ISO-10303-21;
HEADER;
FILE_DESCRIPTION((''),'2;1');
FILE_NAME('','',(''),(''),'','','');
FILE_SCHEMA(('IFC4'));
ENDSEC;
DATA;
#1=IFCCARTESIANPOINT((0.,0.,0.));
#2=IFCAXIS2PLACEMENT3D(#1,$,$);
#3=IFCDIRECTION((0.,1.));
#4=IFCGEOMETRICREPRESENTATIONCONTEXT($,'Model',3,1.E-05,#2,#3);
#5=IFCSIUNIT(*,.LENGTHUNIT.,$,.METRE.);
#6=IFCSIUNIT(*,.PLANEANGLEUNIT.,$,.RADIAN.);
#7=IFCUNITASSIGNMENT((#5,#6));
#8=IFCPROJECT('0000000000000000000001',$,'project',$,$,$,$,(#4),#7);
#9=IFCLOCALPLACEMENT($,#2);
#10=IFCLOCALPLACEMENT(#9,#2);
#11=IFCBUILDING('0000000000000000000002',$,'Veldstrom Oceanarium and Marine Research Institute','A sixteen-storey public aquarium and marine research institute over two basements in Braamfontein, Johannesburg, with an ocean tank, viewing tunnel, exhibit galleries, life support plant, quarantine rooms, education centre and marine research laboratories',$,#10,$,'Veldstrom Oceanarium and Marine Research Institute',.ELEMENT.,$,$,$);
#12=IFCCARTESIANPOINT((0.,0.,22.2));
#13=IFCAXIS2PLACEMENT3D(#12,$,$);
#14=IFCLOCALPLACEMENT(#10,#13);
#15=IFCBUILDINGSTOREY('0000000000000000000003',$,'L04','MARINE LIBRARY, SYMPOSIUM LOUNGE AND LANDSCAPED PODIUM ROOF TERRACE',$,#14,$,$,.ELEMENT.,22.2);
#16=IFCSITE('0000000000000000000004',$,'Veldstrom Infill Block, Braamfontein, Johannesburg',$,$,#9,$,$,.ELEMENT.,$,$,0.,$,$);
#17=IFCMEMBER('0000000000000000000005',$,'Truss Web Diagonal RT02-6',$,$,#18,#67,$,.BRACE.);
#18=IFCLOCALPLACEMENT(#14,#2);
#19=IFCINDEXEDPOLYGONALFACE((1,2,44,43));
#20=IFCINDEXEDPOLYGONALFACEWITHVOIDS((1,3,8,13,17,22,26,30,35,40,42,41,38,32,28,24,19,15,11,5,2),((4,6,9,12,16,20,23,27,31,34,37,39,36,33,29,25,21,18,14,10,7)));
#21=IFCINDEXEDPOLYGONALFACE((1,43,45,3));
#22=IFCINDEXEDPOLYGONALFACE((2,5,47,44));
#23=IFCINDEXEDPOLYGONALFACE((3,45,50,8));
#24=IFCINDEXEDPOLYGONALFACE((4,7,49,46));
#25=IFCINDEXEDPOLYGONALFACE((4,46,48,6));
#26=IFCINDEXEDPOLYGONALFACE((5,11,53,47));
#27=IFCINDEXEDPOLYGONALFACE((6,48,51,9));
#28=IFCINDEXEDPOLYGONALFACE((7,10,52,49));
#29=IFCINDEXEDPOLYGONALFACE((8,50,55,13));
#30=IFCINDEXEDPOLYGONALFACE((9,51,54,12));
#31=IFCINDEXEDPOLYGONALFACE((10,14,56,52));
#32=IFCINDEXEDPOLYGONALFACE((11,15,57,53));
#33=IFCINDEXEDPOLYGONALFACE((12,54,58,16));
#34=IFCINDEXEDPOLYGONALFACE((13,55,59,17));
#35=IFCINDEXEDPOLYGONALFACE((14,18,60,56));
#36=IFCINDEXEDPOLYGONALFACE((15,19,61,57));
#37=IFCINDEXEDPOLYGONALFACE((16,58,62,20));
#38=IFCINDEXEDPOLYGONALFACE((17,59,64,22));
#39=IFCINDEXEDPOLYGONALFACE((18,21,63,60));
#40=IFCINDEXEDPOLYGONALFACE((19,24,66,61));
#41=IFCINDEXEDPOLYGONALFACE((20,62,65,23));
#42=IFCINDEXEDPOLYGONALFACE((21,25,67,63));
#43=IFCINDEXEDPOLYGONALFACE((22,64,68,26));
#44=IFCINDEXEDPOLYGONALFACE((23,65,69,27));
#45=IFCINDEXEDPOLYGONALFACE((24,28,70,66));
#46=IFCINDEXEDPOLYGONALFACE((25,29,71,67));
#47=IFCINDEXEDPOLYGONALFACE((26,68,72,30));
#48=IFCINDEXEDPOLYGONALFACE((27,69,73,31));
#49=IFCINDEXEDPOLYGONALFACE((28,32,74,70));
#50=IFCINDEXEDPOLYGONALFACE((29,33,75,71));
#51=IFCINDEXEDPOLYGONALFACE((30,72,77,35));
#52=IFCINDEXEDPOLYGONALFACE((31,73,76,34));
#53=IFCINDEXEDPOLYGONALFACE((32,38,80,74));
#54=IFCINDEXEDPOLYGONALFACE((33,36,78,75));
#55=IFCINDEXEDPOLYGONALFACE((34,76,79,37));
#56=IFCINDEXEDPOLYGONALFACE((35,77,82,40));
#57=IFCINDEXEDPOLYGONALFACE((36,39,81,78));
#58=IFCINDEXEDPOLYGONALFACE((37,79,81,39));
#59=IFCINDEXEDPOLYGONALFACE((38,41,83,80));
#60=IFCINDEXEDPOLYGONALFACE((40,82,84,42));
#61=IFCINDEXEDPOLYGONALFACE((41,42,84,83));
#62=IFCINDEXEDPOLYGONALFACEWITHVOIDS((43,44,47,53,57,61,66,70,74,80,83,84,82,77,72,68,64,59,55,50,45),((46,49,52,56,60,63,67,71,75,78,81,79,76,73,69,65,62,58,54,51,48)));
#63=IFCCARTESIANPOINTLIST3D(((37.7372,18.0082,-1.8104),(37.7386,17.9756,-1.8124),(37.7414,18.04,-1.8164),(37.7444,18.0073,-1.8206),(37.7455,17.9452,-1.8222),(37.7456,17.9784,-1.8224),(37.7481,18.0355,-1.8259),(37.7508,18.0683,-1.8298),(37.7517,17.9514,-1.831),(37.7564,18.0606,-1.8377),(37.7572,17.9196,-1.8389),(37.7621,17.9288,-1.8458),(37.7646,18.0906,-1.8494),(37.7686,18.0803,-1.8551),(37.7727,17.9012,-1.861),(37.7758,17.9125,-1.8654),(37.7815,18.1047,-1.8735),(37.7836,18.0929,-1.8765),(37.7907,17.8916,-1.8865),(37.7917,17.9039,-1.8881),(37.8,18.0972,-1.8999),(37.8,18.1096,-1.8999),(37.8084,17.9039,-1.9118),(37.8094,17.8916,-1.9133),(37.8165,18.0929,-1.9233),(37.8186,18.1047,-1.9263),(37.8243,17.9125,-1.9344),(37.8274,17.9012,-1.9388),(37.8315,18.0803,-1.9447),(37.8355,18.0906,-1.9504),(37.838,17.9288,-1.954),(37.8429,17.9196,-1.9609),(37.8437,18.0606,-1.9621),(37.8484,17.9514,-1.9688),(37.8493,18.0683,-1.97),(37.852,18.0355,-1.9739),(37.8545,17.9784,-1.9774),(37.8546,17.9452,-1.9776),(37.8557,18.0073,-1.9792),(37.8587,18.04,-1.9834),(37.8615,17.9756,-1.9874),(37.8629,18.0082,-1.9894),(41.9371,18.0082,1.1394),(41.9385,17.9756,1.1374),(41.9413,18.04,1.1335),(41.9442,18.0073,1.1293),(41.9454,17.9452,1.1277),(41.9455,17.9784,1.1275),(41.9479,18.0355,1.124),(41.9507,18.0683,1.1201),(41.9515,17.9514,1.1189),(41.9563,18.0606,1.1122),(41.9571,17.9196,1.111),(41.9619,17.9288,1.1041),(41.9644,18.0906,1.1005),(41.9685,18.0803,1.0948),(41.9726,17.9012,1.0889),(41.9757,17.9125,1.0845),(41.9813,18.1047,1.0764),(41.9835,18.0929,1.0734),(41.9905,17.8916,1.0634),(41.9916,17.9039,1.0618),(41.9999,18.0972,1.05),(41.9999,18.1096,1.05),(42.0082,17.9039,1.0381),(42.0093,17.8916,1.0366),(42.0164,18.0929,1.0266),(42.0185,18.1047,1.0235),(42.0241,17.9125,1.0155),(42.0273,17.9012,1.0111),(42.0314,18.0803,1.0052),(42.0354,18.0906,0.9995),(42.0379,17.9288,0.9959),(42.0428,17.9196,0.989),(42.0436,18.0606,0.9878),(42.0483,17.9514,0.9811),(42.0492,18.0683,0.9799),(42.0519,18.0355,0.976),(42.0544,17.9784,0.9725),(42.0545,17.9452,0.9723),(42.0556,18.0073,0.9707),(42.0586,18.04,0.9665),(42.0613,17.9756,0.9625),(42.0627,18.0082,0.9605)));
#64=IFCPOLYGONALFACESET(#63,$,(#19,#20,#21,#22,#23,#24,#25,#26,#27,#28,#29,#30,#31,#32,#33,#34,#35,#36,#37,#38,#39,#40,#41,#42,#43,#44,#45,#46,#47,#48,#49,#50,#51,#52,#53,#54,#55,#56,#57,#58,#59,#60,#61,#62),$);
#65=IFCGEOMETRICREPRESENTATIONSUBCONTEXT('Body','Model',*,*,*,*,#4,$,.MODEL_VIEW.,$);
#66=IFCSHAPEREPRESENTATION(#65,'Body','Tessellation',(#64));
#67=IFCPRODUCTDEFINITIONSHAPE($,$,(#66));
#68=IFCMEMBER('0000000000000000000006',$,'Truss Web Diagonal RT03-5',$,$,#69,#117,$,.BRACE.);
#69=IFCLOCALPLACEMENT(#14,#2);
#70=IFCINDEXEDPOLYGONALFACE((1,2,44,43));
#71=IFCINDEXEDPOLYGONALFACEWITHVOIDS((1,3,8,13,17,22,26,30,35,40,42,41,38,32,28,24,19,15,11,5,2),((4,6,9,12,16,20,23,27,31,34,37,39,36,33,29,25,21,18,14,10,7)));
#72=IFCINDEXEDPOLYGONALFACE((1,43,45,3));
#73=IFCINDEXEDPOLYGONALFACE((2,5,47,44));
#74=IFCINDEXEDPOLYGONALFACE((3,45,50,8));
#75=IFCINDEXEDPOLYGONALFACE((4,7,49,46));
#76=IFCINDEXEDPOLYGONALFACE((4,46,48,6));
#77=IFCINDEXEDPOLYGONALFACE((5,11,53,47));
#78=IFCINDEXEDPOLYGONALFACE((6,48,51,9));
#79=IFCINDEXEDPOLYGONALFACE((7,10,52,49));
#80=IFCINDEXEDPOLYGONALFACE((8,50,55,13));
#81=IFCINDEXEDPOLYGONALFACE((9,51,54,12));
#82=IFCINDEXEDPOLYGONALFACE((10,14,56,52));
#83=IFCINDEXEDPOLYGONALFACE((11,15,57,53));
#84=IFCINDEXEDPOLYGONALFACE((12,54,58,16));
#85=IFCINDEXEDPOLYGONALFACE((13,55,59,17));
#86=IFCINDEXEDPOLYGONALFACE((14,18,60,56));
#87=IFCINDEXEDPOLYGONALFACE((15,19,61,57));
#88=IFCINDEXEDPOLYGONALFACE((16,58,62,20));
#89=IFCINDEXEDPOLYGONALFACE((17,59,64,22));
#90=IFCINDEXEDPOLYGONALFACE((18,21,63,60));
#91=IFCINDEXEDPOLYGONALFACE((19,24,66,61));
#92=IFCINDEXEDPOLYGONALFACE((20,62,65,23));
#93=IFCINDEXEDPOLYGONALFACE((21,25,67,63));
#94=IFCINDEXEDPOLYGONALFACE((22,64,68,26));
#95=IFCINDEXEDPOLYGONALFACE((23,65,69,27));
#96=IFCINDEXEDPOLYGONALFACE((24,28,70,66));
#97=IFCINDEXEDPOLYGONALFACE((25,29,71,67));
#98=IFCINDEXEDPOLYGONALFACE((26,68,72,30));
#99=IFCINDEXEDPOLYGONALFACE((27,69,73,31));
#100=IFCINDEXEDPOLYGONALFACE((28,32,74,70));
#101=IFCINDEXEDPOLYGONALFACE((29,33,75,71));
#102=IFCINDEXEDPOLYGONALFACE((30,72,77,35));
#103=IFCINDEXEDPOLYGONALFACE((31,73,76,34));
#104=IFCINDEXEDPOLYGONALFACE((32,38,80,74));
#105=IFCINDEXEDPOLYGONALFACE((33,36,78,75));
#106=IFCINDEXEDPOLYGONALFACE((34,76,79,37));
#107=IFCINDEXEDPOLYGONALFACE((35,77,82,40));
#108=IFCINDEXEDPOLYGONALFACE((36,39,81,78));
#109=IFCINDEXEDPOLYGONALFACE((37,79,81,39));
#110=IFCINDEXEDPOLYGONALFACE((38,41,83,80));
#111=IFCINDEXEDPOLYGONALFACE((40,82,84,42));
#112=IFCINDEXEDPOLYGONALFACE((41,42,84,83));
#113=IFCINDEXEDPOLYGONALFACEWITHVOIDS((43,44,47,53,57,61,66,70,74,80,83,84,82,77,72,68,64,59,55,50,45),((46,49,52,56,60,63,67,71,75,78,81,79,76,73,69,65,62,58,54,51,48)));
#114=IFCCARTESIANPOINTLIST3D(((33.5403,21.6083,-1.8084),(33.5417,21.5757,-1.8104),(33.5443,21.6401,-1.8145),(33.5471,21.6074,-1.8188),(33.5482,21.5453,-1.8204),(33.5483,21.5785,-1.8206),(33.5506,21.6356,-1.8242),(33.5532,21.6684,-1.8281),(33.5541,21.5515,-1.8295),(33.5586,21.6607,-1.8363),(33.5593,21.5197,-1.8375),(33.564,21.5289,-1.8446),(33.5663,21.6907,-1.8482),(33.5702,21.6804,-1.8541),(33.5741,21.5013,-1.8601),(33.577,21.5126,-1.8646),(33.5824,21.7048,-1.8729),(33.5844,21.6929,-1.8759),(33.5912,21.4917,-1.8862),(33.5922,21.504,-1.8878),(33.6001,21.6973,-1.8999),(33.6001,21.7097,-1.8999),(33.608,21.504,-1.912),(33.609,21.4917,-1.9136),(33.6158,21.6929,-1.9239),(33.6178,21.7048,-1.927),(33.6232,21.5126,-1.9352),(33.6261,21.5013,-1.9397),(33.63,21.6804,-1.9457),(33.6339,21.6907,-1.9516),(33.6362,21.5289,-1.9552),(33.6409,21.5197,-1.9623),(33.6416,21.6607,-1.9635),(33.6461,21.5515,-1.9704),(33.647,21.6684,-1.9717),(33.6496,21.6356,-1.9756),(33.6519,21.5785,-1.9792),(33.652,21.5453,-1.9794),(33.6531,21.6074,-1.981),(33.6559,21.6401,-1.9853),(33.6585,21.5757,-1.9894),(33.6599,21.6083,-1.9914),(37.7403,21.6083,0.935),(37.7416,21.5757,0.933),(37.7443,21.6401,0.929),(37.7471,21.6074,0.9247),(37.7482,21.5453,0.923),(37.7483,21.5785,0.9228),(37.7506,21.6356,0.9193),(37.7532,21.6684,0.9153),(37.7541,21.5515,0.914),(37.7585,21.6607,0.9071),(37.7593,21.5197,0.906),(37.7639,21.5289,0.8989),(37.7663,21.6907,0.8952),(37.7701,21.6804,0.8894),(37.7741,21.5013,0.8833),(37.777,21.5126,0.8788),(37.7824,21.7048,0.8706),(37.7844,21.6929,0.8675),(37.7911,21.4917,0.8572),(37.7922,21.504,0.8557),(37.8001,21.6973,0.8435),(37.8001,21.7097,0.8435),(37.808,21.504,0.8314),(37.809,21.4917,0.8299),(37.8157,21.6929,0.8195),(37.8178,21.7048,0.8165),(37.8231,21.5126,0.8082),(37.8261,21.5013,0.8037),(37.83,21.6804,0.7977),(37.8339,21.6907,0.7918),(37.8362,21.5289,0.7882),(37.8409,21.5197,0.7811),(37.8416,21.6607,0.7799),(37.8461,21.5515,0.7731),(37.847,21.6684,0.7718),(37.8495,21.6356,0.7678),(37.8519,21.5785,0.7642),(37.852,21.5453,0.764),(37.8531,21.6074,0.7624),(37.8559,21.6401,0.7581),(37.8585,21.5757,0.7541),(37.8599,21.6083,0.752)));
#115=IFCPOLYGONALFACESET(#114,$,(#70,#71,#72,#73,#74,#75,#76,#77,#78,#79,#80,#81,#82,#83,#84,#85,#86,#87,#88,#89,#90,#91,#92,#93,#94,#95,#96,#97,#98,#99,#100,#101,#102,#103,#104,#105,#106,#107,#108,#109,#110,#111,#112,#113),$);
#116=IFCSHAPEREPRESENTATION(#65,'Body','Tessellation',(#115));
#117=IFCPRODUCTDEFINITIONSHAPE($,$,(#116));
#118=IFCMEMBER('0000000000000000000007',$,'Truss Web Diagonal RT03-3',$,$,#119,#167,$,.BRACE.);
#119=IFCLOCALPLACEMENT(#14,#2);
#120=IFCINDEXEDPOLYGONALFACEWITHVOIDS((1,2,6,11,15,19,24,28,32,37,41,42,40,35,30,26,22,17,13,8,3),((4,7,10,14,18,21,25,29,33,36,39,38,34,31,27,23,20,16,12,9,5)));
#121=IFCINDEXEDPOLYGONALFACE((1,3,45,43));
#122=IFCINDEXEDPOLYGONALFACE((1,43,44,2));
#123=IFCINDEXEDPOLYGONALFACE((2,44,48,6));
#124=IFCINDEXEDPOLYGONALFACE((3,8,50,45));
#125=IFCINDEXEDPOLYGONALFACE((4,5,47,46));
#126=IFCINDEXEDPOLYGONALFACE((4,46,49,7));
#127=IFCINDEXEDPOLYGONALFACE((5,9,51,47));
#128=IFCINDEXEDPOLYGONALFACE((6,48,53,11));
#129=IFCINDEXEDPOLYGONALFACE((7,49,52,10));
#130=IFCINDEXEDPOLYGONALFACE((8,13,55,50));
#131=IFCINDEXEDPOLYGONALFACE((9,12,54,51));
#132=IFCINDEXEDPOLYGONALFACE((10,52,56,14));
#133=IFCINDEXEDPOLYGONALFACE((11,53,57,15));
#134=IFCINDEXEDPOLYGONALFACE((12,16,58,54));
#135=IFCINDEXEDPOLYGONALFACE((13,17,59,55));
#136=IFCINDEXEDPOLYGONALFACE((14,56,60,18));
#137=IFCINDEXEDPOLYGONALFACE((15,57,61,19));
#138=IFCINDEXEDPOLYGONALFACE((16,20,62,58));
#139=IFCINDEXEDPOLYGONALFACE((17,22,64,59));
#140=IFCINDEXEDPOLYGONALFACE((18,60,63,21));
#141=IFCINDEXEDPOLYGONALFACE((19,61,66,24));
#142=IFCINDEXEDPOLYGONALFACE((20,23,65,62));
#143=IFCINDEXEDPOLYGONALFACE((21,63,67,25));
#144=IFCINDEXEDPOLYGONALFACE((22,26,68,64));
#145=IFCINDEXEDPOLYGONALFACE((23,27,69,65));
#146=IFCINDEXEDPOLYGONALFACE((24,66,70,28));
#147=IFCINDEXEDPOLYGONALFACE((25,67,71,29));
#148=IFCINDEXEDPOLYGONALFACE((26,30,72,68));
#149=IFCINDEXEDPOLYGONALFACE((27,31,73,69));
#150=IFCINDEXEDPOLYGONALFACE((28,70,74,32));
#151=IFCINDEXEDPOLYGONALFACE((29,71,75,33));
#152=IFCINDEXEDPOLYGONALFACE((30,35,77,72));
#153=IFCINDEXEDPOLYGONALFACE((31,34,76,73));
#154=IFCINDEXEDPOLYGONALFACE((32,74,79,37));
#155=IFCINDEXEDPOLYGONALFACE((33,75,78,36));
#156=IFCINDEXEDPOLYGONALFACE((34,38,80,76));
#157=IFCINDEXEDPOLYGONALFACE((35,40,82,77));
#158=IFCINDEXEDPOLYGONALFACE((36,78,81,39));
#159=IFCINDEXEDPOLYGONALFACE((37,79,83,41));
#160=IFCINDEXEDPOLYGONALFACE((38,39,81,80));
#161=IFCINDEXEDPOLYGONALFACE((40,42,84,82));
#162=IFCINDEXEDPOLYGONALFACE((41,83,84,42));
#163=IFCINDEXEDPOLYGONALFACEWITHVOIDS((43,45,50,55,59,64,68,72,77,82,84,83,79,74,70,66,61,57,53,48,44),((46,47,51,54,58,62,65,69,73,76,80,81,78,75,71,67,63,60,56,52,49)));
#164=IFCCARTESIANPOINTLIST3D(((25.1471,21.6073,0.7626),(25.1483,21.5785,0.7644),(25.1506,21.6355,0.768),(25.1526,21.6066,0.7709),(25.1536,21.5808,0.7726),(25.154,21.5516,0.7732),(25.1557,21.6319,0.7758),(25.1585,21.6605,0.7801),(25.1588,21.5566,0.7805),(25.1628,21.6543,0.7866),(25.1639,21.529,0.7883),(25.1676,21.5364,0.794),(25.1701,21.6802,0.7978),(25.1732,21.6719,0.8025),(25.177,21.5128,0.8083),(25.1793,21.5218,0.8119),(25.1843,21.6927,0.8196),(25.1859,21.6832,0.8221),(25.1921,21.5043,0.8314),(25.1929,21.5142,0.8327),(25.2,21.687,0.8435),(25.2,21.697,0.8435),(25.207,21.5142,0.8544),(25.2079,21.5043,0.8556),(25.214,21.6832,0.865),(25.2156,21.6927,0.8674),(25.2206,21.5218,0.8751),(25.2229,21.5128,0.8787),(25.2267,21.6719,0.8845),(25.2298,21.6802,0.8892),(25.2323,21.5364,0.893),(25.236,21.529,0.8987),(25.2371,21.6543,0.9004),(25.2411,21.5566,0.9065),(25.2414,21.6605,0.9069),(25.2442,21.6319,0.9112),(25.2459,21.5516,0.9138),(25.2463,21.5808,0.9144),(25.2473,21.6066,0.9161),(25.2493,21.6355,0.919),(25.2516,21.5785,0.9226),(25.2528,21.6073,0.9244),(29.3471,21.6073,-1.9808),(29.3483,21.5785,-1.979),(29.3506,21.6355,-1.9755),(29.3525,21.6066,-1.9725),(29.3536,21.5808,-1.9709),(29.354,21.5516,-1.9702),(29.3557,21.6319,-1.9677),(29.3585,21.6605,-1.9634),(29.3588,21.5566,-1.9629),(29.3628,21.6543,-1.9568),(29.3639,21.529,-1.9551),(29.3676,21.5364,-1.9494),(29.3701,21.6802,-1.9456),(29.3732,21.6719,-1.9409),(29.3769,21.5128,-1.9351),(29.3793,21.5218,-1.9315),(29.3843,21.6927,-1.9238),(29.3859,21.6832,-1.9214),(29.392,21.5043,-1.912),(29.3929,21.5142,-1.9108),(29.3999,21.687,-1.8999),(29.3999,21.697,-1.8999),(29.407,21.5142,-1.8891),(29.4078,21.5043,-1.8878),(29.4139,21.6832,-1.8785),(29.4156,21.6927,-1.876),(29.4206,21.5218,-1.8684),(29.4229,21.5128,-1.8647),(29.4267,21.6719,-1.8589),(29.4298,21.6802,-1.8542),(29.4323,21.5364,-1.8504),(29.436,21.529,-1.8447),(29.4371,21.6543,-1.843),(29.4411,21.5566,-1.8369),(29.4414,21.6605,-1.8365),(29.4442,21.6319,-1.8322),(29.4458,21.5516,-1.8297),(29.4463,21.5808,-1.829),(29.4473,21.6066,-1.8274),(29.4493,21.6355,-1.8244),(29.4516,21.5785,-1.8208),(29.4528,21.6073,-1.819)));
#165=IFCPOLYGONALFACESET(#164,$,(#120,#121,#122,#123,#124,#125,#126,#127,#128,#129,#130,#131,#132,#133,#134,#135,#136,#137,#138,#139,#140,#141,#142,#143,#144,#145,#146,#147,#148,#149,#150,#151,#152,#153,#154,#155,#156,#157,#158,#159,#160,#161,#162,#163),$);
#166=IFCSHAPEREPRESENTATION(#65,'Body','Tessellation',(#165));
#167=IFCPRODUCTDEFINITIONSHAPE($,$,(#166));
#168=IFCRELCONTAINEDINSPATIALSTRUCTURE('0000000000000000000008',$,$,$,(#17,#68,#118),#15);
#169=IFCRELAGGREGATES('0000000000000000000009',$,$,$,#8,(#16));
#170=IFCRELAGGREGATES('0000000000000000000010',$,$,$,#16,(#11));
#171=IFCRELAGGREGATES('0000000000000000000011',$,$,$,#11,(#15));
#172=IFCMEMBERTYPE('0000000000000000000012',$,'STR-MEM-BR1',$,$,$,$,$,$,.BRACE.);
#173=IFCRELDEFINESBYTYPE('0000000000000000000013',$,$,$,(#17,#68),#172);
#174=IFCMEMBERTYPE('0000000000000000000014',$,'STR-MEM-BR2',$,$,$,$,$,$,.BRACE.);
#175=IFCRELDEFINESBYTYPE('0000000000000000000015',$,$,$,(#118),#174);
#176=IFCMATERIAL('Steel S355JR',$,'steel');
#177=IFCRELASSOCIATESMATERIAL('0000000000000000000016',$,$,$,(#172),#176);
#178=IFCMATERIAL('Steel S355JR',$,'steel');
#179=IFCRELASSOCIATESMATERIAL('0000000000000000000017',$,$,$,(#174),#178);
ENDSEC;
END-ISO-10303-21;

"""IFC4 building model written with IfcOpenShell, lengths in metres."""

from ifc_helpers import new_model, si_unit, direction, frame, origin, origin_2d, place, context, subcontext, project, spatial, hollow_circle, extrude, material, material_profile, profile_set, type_object, element, save


model = new_model("IFC4")

# Units and contexts
model_context = context("Model", 3, precision=1e-05, world=origin(), true_north=direction((0.0, 1.0)))
body_context = subcontext(model_context, "Body", "Model", "MODEL_VIEW")
ifc_project = project(units=[si_unit("LENGTHUNIT", "METRE"), si_unit("PLANEANGLEUNIT", "RADIAN")], contexts=[model_context])

# Site, building, storey
site_placement = place(None, origin())
site = spatial("IfcSite", under=ifc_project, at=site_placement, Name="Veldstrom Infill Block, Braamfontein, Johannesburg", CompositionType="ELEMENT", RefElevation=0.0)
building_placement = place(site_placement, origin())
building = spatial("IfcBuilding", under=site, at=building_placement, Name="Veldstrom Oceanarium and Marine Research Institute", Description="A sixteen-storey public aquarium and marine research institute over two basements in Braamfontein, Johannesburg, with an ocean tank, viewing tunnel, exhibit galleries, life support plant, quarantine rooms, education centre and marine research laboratories", LongName="Veldstrom Oceanarium and Marine Research Institute", CompositionType="ELEMENT")
storey_placement = place(building_placement, frame((0.0, 0.0, 22.2)))
storey = spatial("IfcBuildingStorey", under=building, at=storey_placement, Name="L04", Description="MARINE LIBRARY, SYMPOSIUM LOUNGE AND LANDSCAPED PODIUM ROOF TERRACE", CompositionType="ELEMENT", Elevation=22.2)

# Members
ifc_material_1 = material(Name="Steel S355JR", Category="steel")
ifc_material_profile_1 = material_profile(ifc_material_1, hollow_circle(Radius=0.1096, WallThickness=0.0125, at=origin_2d()), Name="CHS 219.1x12.5")
ifc_profile_set_1 = profile_set([ifc_material_profile_1], Name="Steel S355JR")
member_type_1 = type_object("IfcMemberType", Name="STR-MEM-BR1", PredefinedType="BRACE", material=ifc_profile_set_1)
member_1_placement = place(storey_placement, frame((37.8, 18.0, -1.8999), z_axis=(0.818317, 0.0, 0.574767), x_axis=(0.0, 1.0, 0.0)))
element("IfcMember", 1, at=member_1_placement, inside=storey, type_object=member_type_1, Name="Truss Web Diagonal RT02-6", PredefinedType="BRACE", context=body_context, shape_type="SweptSolid", body=[
    extrude(hollow_circle(Radius=0.1096, WallThickness=0.0125, at=origin_2d()), origin(), (0.0, 0.0, 1.0), 5.1323),
])
member_2_placement = place(storey_placement, frame((33.6001, 21.6001, -1.8999), z_axis=(0.837217, 0.0, 0.54687), x_axis=(0.0, 1.0, 0.0)))
element("IfcMember", 2, at=member_2_placement, inside=storey, type_object=member_type_1, Name="Truss Web Diagonal RT03-5", PredefinedType="BRACE", context=body_context, shape_type="SweptSolid", body=[
    extrude(hollow_circle(Radius=0.1096, WallThickness=0.0125, at=origin_2d()), origin(), (0.0, 0.0, 1.0), 5.0166),
])
ifc_material_2 = material(Name="Steel S355JR", Category="steel")
ifc_material_profile_2 = material_profile(ifc_material_2, hollow_circle(Radius=0.0969, WallThickness=0.01, at=origin_2d()), Name="CHS 193.7x10")
ifc_profile_set_2 = profile_set([ifc_material_profile_2], Name="Steel S355JR")
member_type_2 = type_object("IfcMemberType", Name="STR-MEM-BR2", PredefinedType="BRACE", material=ifc_profile_set_2)
member_3_placement = place(storey_placement, frame((25.2, 21.6001, 0.8435), z_axis=(0.837217, 0.0, -0.54687), x_axis=(0.0, 1.0, 0.0)))
element("IfcMember", 3, at=member_3_placement, inside=storey, type_object=member_type_2, Name="Truss Web Diagonal RT03-3", PredefinedType="BRACE", context=body_context, shape_type="SweptSolid", body=[
    extrude(hollow_circle(Radius=0.0969, WallThickness=0.01, at=origin_2d()), origin(), (0.0, 0.0, 1.0), 5.0166),
])

save(model, "model.ifc")
